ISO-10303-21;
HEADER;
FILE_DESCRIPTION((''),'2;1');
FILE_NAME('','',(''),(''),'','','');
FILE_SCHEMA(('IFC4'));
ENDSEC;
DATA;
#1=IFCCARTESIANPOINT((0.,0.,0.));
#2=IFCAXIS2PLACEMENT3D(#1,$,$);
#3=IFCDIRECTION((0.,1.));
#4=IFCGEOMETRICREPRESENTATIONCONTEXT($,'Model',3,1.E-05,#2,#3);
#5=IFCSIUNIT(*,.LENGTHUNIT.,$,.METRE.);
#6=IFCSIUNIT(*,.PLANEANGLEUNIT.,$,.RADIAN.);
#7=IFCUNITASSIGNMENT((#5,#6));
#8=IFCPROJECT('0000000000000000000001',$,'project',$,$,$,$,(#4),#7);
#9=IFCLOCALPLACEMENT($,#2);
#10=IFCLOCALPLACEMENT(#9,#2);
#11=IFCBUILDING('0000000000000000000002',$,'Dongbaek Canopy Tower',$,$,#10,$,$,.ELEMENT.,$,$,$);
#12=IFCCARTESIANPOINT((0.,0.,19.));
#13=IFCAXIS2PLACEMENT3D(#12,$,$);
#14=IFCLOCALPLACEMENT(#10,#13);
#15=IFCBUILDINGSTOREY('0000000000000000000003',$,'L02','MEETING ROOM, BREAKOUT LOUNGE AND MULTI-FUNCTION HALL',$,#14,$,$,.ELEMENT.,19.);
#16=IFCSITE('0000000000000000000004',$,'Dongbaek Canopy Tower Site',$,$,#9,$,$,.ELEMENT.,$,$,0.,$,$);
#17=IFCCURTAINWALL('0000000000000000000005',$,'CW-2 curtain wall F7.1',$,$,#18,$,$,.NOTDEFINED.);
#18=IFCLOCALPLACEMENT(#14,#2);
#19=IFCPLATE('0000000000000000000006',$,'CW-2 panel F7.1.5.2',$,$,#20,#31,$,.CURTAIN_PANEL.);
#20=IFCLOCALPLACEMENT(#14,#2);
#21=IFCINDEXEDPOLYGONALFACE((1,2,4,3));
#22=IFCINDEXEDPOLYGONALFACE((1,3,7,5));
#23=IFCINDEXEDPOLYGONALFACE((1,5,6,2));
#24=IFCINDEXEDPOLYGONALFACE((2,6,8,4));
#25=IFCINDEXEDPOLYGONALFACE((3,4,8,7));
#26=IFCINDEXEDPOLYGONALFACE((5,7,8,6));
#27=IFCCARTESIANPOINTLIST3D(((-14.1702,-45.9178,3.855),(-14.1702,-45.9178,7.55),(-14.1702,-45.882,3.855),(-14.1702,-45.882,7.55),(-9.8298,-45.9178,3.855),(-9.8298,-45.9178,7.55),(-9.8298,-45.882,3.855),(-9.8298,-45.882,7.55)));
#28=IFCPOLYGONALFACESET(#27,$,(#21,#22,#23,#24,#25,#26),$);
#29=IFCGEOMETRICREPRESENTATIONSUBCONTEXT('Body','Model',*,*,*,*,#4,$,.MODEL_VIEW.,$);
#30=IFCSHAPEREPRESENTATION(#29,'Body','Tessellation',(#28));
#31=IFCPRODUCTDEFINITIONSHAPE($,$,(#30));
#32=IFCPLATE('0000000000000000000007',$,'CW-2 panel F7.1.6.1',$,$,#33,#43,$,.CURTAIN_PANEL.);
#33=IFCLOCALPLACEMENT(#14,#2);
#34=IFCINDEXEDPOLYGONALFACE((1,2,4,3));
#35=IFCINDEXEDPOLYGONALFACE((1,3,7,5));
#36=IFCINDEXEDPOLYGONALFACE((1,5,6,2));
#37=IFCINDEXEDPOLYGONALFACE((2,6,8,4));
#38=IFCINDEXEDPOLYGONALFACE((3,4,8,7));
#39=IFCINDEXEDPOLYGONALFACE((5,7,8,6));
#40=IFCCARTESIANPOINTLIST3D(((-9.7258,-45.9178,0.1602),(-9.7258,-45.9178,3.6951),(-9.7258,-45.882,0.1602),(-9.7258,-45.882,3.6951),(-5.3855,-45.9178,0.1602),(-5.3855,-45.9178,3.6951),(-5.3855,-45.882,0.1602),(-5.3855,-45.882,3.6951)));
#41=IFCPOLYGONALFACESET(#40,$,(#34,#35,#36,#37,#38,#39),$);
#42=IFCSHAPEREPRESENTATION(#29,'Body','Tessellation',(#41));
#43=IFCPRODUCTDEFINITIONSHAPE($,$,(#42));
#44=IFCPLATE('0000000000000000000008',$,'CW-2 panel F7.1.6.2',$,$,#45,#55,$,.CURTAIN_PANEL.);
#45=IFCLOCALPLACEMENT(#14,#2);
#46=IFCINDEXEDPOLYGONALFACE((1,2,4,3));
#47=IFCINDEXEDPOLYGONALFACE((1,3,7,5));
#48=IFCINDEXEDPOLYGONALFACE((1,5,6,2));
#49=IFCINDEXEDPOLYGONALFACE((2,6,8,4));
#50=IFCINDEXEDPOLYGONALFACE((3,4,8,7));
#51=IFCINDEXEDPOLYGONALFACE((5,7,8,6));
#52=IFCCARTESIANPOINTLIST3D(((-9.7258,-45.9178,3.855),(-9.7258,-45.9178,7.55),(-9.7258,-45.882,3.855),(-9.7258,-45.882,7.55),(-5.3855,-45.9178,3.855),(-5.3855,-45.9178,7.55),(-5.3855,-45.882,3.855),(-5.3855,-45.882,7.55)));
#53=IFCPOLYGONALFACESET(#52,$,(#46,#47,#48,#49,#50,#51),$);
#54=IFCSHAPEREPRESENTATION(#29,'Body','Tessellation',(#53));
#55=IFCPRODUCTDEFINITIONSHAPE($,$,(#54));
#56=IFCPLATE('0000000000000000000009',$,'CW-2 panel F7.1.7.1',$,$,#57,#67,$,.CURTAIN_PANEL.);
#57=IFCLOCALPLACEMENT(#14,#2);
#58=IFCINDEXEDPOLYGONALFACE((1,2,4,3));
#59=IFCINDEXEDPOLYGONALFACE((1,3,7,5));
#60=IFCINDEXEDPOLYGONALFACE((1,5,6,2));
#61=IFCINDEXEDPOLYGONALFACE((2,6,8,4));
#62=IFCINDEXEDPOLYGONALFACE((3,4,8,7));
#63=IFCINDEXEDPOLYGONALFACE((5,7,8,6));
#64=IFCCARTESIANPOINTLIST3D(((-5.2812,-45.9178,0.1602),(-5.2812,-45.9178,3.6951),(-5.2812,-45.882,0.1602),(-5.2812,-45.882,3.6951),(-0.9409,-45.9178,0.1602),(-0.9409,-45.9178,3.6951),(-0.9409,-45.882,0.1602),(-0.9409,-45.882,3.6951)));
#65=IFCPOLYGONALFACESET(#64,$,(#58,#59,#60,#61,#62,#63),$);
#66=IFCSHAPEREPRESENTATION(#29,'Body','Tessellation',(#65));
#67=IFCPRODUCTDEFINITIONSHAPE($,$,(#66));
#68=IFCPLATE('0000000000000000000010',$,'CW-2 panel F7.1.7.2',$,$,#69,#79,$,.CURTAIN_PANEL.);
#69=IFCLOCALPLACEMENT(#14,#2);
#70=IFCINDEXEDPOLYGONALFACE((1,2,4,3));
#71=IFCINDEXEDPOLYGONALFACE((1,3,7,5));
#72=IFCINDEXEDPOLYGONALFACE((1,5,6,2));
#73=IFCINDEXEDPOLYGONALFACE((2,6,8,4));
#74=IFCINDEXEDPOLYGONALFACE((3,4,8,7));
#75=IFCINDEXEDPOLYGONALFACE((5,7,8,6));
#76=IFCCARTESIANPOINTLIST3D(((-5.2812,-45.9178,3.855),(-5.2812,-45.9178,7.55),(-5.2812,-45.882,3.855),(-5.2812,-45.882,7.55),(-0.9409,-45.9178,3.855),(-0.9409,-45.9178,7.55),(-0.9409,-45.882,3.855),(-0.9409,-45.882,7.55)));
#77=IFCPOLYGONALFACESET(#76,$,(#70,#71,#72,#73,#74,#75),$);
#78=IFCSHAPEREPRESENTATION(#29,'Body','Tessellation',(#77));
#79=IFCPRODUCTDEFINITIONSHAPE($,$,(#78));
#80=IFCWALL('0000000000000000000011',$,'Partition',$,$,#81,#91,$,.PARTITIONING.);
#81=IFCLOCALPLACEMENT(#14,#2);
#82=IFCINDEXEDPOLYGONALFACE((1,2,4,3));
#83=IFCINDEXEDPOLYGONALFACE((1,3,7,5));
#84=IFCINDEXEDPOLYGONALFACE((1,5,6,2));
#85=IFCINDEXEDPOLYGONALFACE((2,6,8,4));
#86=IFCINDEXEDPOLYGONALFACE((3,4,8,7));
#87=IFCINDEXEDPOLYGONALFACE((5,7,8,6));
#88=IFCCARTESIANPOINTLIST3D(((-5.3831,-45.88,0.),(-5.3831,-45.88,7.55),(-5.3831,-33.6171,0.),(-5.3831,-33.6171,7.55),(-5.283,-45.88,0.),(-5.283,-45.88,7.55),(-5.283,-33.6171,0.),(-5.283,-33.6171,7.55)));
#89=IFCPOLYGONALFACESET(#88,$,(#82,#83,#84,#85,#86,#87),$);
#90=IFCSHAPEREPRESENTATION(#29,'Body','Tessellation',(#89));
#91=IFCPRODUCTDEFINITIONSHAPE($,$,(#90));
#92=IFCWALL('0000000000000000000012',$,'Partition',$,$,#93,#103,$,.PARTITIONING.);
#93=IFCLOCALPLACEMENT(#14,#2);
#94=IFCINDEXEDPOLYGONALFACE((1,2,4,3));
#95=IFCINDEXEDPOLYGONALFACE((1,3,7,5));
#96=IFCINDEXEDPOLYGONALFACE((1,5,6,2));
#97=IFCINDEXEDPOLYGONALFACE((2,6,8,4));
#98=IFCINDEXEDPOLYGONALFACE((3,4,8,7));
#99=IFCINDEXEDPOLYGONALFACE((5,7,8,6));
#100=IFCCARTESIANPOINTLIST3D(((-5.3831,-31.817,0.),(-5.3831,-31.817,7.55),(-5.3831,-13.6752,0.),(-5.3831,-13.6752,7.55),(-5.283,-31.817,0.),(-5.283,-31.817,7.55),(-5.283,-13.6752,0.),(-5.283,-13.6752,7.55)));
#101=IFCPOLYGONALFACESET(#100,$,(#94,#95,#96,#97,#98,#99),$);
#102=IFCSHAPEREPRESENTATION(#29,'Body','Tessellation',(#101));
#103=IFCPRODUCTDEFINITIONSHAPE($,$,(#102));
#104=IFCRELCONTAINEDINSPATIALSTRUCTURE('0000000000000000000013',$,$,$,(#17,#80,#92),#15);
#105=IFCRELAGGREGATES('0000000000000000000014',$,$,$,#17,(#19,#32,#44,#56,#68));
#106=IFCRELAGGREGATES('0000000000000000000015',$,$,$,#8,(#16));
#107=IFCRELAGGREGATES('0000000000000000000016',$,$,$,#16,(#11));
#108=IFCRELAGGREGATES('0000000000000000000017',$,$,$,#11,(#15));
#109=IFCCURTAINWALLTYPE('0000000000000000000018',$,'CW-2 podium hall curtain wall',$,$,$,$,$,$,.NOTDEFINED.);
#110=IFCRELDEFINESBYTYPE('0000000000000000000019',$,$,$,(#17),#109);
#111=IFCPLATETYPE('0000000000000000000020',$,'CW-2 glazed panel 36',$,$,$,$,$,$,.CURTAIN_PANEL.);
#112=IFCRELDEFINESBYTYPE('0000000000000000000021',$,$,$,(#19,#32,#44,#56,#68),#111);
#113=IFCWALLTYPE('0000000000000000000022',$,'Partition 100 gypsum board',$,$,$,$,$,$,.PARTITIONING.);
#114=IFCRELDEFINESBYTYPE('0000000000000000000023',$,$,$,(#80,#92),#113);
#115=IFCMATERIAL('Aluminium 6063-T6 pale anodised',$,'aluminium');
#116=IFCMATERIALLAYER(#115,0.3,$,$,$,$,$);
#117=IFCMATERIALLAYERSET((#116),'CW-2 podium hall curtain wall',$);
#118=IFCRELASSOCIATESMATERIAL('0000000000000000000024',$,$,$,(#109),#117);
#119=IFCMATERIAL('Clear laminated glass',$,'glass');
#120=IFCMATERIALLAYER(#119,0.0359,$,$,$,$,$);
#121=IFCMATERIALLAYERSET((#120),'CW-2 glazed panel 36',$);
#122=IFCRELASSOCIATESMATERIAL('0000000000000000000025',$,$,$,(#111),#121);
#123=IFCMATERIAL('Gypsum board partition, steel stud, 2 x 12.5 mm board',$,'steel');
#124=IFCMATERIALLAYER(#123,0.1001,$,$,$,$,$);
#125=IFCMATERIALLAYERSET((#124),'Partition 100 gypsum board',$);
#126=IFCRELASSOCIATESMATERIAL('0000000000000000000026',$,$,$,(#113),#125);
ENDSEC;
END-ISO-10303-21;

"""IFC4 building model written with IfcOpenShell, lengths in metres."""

from ifc_helpers import new_model, si_unit, direction, frame, frame_2d, origin, origin_2d, place, context, subcontext, project, spatial, rectangle, extrude, material, layer, layer_set, type_object, element, aggregate, save


model = new_model("IFC4")

# Units and contexts
model_context = context("Model", 3, precision=1e-05, world=origin(), true_north=direction((0.0, 1.0)))
body_context = subcontext(model_context, "Body", "Model", "MODEL_VIEW")
ifc_project = project(units=[si_unit("LENGTHUNIT", "METRE"), si_unit("PLANEANGLEUNIT", "RADIAN")], contexts=[model_context])

# Site, building, storey
site_placement = place(None, origin())
site = spatial("IfcSite", under=ifc_project, at=site_placement, Name="Dongbaek Canopy Tower Site", CompositionType="ELEMENT", RefElevation=0.0)
building_placement = place(site_placement, origin())
building = spatial("IfcBuilding", under=site, at=building_placement, Name="Dongbaek Canopy Tower", CompositionType="ELEMENT")
storey_placement = place(building_placement, frame((0.0, 0.0, 19.0)))
storey = spatial("IfcBuildingStorey", under=building, at=storey_placement, Name="L02", Description="MEETING ROOM, BREAKOUT LOUNGE AND MULTI-FUNCTION HALL", CompositionType="ELEMENT", Elevation=19.0)

# Curtain wall, plates
ifc_material_1 = material(Name="Aluminium 6063-T6 pale anodised", Category="aluminium")
ifc_layer_1 = layer(ifc_material_1, 0.3)
ifc_layer_set_1 = layer_set([ifc_layer_1], Name="CW-2 podium hall curtain wall")
curtain_wall_type = type_object("IfcCurtainWallType", Name="CW-2 podium hall curtain wall", PredefinedType="NOTDEFINED", material=ifc_layer_set_1)
curtain_wall_placement = place(storey_placement, origin())
curtain_wall = element("IfcCurtainWall", 1, at=curtain_wall_placement, inside=storey, type_object=curtain_wall_type, Name="CW-2 curtain wall F7.1", PredefinedType="NOTDEFINED")
ifc_material_2 = material(Name="Clear laminated glass", Category="glass")
ifc_layer_2 = layer(ifc_material_2, 0.0359)
ifc_layer_set_2 = layer_set([ifc_layer_2], Name="CW-2 glazed panel 36")
plate_type = type_object("IfcPlateType", Name="CW-2 glazed panel 36", PredefinedType="CURTAIN_PANEL", material=ifc_layer_set_2)
plate_1_placement = place(storey_placement, frame((-12.0, -45.8999, 3.855), z_axis=(0.0, 0.0, 1.0), x_axis=(1.0, 0.0, 0.0)))
plate_1 = element("IfcPlate", 2, at=plate_1_placement, type_object=plate_type, Name="CW-2 panel F7.1.5.2", PredefinedType="CURTAIN_PANEL", context=body_context, shape_type="SweptSolid", body=[
    extrude(rectangle(XDim=4.3403, YDim=0.0359, at=origin_2d()), origin(), (0.0, 0.0, 1.0), 3.6951),
])
plate_2_placement = place(storey_placement, frame((-7.5557, -45.8999, 0.1602), z_axis=(0.0, 0.0, 1.0), x_axis=(1.0, 0.0, 0.0)))
plate_2 = element("IfcPlate", 3, at=plate_2_placement, type_object=plate_type, Name="CW-2 panel F7.1.6.1", PredefinedType="CURTAIN_PANEL", context=body_context, shape_type="SweptSolid", body=[
    extrude(rectangle(XDim=4.3403, YDim=0.0359, at=origin_2d()), origin(), (0.0, 0.0, 1.0), 3.5349),
])
plate_3_placement = place(storey_placement, frame((-7.5557, -45.8999, 3.855), z_axis=(0.0, 0.0, 1.0), x_axis=(1.0, 0.0, 0.0)))
plate_3 = element("IfcPlate", 4, at=plate_3_placement, type_object=plate_type, Name="CW-2 panel F7.1.6.2", PredefinedType="CURTAIN_PANEL", context=body_context, shape_type="SweptSolid", body=[
    extrude(rectangle(XDim=4.3403, YDim=0.0359, at=origin_2d()), origin(), (0.0, 0.0, 1.0), 3.6951),
])
plate_4_placement = place(storey_placement, frame((-3.1111, -45.8999, 0.1602), z_axis=(0.0, 0.0, 1.0), x_axis=(1.0, 0.0, 0.0)))
plate_4 = element("IfcPlate", 5, at=plate_4_placement, type_object=plate_type, Name="CW-2 panel F7.1.7.1", PredefinedType="CURTAIN_PANEL", context=body_context, shape_type="SweptSolid", body=[
    extrude(rectangle(XDim=4.3403, YDim=0.0359, at=origin_2d()), origin(), (0.0, 0.0, 1.0), 3.5349),
])
plate_5_placement = place(storey_placement, frame((-3.1111, -45.8999, 3.855), z_axis=(0.0, 0.0, 1.0), x_axis=(1.0, 0.0, 0.0)))
plate_5 = element("IfcPlate", 6, at=plate_5_placement, type_object=plate_type, Name="CW-2 panel F7.1.7.2", PredefinedType="CURTAIN_PANEL", context=body_context, shape_type="SweptSolid", body=[
    extrude(rectangle(XDim=4.3403, YDim=0.0359, at=origin_2d()), origin(), (0.0, 0.0, 1.0), 3.6951),
])
aggregate(curtain_wall, [plate_1, plate_2, plate_3, plate_4, plate_5])

# Walls
ifc_material_3 = material(Name="Gypsum board partition, steel stud, 2 x 12.5 mm board", Category="steel")
ifc_layer_3 = layer(ifc_material_3, 0.1001)
ifc_layer_set_3 = layer_set([ifc_layer_3], Name="Partition 100 gypsum board")
wall_type = type_object("IfcWallType", Name="Partition 100 gypsum board", PredefinedType="PARTITIONING", material=ifc_layer_set_3)
wall_1_placement = place(storey_placement, frame((-5.333, -45.8799, 0.0), z_axis=(0.0, 0.0, 1.0), x_axis=(0.0, 1.0, 0.0)))
element("IfcWall", 7, at=wall_1_placement, inside=storey, type_object=wall_type, Name="Partition", PredefinedType="PARTITIONING", context=body_context, shape_type="SweptSolid", body=[
    extrude(rectangle(XDim=12.2629, YDim=0.1001, at=frame_2d((6.1313, 0.0))), origin(), (0.0, 0.0, 1.0), 7.55),
])
wall_2_placement = place(storey_placement, frame((-5.333, -31.8169, 0.0), z_axis=(0.0, 0.0, 1.0), x_axis=(0.0, 1.0, 0.0)))
element("IfcWall", 8, at=wall_2_placement, inside=storey, type_object=wall_type, Name="Partition", PredefinedType="PARTITIONING", context=body_context, shape_type="SweptSolid", body=[
    extrude(rectangle(XDim=18.1418, YDim=0.1001, at=frame_2d((9.0708, 0.0))), origin(), (0.0, 0.0, 1.0), 7.55),
])

save(model, "model.ifc")
